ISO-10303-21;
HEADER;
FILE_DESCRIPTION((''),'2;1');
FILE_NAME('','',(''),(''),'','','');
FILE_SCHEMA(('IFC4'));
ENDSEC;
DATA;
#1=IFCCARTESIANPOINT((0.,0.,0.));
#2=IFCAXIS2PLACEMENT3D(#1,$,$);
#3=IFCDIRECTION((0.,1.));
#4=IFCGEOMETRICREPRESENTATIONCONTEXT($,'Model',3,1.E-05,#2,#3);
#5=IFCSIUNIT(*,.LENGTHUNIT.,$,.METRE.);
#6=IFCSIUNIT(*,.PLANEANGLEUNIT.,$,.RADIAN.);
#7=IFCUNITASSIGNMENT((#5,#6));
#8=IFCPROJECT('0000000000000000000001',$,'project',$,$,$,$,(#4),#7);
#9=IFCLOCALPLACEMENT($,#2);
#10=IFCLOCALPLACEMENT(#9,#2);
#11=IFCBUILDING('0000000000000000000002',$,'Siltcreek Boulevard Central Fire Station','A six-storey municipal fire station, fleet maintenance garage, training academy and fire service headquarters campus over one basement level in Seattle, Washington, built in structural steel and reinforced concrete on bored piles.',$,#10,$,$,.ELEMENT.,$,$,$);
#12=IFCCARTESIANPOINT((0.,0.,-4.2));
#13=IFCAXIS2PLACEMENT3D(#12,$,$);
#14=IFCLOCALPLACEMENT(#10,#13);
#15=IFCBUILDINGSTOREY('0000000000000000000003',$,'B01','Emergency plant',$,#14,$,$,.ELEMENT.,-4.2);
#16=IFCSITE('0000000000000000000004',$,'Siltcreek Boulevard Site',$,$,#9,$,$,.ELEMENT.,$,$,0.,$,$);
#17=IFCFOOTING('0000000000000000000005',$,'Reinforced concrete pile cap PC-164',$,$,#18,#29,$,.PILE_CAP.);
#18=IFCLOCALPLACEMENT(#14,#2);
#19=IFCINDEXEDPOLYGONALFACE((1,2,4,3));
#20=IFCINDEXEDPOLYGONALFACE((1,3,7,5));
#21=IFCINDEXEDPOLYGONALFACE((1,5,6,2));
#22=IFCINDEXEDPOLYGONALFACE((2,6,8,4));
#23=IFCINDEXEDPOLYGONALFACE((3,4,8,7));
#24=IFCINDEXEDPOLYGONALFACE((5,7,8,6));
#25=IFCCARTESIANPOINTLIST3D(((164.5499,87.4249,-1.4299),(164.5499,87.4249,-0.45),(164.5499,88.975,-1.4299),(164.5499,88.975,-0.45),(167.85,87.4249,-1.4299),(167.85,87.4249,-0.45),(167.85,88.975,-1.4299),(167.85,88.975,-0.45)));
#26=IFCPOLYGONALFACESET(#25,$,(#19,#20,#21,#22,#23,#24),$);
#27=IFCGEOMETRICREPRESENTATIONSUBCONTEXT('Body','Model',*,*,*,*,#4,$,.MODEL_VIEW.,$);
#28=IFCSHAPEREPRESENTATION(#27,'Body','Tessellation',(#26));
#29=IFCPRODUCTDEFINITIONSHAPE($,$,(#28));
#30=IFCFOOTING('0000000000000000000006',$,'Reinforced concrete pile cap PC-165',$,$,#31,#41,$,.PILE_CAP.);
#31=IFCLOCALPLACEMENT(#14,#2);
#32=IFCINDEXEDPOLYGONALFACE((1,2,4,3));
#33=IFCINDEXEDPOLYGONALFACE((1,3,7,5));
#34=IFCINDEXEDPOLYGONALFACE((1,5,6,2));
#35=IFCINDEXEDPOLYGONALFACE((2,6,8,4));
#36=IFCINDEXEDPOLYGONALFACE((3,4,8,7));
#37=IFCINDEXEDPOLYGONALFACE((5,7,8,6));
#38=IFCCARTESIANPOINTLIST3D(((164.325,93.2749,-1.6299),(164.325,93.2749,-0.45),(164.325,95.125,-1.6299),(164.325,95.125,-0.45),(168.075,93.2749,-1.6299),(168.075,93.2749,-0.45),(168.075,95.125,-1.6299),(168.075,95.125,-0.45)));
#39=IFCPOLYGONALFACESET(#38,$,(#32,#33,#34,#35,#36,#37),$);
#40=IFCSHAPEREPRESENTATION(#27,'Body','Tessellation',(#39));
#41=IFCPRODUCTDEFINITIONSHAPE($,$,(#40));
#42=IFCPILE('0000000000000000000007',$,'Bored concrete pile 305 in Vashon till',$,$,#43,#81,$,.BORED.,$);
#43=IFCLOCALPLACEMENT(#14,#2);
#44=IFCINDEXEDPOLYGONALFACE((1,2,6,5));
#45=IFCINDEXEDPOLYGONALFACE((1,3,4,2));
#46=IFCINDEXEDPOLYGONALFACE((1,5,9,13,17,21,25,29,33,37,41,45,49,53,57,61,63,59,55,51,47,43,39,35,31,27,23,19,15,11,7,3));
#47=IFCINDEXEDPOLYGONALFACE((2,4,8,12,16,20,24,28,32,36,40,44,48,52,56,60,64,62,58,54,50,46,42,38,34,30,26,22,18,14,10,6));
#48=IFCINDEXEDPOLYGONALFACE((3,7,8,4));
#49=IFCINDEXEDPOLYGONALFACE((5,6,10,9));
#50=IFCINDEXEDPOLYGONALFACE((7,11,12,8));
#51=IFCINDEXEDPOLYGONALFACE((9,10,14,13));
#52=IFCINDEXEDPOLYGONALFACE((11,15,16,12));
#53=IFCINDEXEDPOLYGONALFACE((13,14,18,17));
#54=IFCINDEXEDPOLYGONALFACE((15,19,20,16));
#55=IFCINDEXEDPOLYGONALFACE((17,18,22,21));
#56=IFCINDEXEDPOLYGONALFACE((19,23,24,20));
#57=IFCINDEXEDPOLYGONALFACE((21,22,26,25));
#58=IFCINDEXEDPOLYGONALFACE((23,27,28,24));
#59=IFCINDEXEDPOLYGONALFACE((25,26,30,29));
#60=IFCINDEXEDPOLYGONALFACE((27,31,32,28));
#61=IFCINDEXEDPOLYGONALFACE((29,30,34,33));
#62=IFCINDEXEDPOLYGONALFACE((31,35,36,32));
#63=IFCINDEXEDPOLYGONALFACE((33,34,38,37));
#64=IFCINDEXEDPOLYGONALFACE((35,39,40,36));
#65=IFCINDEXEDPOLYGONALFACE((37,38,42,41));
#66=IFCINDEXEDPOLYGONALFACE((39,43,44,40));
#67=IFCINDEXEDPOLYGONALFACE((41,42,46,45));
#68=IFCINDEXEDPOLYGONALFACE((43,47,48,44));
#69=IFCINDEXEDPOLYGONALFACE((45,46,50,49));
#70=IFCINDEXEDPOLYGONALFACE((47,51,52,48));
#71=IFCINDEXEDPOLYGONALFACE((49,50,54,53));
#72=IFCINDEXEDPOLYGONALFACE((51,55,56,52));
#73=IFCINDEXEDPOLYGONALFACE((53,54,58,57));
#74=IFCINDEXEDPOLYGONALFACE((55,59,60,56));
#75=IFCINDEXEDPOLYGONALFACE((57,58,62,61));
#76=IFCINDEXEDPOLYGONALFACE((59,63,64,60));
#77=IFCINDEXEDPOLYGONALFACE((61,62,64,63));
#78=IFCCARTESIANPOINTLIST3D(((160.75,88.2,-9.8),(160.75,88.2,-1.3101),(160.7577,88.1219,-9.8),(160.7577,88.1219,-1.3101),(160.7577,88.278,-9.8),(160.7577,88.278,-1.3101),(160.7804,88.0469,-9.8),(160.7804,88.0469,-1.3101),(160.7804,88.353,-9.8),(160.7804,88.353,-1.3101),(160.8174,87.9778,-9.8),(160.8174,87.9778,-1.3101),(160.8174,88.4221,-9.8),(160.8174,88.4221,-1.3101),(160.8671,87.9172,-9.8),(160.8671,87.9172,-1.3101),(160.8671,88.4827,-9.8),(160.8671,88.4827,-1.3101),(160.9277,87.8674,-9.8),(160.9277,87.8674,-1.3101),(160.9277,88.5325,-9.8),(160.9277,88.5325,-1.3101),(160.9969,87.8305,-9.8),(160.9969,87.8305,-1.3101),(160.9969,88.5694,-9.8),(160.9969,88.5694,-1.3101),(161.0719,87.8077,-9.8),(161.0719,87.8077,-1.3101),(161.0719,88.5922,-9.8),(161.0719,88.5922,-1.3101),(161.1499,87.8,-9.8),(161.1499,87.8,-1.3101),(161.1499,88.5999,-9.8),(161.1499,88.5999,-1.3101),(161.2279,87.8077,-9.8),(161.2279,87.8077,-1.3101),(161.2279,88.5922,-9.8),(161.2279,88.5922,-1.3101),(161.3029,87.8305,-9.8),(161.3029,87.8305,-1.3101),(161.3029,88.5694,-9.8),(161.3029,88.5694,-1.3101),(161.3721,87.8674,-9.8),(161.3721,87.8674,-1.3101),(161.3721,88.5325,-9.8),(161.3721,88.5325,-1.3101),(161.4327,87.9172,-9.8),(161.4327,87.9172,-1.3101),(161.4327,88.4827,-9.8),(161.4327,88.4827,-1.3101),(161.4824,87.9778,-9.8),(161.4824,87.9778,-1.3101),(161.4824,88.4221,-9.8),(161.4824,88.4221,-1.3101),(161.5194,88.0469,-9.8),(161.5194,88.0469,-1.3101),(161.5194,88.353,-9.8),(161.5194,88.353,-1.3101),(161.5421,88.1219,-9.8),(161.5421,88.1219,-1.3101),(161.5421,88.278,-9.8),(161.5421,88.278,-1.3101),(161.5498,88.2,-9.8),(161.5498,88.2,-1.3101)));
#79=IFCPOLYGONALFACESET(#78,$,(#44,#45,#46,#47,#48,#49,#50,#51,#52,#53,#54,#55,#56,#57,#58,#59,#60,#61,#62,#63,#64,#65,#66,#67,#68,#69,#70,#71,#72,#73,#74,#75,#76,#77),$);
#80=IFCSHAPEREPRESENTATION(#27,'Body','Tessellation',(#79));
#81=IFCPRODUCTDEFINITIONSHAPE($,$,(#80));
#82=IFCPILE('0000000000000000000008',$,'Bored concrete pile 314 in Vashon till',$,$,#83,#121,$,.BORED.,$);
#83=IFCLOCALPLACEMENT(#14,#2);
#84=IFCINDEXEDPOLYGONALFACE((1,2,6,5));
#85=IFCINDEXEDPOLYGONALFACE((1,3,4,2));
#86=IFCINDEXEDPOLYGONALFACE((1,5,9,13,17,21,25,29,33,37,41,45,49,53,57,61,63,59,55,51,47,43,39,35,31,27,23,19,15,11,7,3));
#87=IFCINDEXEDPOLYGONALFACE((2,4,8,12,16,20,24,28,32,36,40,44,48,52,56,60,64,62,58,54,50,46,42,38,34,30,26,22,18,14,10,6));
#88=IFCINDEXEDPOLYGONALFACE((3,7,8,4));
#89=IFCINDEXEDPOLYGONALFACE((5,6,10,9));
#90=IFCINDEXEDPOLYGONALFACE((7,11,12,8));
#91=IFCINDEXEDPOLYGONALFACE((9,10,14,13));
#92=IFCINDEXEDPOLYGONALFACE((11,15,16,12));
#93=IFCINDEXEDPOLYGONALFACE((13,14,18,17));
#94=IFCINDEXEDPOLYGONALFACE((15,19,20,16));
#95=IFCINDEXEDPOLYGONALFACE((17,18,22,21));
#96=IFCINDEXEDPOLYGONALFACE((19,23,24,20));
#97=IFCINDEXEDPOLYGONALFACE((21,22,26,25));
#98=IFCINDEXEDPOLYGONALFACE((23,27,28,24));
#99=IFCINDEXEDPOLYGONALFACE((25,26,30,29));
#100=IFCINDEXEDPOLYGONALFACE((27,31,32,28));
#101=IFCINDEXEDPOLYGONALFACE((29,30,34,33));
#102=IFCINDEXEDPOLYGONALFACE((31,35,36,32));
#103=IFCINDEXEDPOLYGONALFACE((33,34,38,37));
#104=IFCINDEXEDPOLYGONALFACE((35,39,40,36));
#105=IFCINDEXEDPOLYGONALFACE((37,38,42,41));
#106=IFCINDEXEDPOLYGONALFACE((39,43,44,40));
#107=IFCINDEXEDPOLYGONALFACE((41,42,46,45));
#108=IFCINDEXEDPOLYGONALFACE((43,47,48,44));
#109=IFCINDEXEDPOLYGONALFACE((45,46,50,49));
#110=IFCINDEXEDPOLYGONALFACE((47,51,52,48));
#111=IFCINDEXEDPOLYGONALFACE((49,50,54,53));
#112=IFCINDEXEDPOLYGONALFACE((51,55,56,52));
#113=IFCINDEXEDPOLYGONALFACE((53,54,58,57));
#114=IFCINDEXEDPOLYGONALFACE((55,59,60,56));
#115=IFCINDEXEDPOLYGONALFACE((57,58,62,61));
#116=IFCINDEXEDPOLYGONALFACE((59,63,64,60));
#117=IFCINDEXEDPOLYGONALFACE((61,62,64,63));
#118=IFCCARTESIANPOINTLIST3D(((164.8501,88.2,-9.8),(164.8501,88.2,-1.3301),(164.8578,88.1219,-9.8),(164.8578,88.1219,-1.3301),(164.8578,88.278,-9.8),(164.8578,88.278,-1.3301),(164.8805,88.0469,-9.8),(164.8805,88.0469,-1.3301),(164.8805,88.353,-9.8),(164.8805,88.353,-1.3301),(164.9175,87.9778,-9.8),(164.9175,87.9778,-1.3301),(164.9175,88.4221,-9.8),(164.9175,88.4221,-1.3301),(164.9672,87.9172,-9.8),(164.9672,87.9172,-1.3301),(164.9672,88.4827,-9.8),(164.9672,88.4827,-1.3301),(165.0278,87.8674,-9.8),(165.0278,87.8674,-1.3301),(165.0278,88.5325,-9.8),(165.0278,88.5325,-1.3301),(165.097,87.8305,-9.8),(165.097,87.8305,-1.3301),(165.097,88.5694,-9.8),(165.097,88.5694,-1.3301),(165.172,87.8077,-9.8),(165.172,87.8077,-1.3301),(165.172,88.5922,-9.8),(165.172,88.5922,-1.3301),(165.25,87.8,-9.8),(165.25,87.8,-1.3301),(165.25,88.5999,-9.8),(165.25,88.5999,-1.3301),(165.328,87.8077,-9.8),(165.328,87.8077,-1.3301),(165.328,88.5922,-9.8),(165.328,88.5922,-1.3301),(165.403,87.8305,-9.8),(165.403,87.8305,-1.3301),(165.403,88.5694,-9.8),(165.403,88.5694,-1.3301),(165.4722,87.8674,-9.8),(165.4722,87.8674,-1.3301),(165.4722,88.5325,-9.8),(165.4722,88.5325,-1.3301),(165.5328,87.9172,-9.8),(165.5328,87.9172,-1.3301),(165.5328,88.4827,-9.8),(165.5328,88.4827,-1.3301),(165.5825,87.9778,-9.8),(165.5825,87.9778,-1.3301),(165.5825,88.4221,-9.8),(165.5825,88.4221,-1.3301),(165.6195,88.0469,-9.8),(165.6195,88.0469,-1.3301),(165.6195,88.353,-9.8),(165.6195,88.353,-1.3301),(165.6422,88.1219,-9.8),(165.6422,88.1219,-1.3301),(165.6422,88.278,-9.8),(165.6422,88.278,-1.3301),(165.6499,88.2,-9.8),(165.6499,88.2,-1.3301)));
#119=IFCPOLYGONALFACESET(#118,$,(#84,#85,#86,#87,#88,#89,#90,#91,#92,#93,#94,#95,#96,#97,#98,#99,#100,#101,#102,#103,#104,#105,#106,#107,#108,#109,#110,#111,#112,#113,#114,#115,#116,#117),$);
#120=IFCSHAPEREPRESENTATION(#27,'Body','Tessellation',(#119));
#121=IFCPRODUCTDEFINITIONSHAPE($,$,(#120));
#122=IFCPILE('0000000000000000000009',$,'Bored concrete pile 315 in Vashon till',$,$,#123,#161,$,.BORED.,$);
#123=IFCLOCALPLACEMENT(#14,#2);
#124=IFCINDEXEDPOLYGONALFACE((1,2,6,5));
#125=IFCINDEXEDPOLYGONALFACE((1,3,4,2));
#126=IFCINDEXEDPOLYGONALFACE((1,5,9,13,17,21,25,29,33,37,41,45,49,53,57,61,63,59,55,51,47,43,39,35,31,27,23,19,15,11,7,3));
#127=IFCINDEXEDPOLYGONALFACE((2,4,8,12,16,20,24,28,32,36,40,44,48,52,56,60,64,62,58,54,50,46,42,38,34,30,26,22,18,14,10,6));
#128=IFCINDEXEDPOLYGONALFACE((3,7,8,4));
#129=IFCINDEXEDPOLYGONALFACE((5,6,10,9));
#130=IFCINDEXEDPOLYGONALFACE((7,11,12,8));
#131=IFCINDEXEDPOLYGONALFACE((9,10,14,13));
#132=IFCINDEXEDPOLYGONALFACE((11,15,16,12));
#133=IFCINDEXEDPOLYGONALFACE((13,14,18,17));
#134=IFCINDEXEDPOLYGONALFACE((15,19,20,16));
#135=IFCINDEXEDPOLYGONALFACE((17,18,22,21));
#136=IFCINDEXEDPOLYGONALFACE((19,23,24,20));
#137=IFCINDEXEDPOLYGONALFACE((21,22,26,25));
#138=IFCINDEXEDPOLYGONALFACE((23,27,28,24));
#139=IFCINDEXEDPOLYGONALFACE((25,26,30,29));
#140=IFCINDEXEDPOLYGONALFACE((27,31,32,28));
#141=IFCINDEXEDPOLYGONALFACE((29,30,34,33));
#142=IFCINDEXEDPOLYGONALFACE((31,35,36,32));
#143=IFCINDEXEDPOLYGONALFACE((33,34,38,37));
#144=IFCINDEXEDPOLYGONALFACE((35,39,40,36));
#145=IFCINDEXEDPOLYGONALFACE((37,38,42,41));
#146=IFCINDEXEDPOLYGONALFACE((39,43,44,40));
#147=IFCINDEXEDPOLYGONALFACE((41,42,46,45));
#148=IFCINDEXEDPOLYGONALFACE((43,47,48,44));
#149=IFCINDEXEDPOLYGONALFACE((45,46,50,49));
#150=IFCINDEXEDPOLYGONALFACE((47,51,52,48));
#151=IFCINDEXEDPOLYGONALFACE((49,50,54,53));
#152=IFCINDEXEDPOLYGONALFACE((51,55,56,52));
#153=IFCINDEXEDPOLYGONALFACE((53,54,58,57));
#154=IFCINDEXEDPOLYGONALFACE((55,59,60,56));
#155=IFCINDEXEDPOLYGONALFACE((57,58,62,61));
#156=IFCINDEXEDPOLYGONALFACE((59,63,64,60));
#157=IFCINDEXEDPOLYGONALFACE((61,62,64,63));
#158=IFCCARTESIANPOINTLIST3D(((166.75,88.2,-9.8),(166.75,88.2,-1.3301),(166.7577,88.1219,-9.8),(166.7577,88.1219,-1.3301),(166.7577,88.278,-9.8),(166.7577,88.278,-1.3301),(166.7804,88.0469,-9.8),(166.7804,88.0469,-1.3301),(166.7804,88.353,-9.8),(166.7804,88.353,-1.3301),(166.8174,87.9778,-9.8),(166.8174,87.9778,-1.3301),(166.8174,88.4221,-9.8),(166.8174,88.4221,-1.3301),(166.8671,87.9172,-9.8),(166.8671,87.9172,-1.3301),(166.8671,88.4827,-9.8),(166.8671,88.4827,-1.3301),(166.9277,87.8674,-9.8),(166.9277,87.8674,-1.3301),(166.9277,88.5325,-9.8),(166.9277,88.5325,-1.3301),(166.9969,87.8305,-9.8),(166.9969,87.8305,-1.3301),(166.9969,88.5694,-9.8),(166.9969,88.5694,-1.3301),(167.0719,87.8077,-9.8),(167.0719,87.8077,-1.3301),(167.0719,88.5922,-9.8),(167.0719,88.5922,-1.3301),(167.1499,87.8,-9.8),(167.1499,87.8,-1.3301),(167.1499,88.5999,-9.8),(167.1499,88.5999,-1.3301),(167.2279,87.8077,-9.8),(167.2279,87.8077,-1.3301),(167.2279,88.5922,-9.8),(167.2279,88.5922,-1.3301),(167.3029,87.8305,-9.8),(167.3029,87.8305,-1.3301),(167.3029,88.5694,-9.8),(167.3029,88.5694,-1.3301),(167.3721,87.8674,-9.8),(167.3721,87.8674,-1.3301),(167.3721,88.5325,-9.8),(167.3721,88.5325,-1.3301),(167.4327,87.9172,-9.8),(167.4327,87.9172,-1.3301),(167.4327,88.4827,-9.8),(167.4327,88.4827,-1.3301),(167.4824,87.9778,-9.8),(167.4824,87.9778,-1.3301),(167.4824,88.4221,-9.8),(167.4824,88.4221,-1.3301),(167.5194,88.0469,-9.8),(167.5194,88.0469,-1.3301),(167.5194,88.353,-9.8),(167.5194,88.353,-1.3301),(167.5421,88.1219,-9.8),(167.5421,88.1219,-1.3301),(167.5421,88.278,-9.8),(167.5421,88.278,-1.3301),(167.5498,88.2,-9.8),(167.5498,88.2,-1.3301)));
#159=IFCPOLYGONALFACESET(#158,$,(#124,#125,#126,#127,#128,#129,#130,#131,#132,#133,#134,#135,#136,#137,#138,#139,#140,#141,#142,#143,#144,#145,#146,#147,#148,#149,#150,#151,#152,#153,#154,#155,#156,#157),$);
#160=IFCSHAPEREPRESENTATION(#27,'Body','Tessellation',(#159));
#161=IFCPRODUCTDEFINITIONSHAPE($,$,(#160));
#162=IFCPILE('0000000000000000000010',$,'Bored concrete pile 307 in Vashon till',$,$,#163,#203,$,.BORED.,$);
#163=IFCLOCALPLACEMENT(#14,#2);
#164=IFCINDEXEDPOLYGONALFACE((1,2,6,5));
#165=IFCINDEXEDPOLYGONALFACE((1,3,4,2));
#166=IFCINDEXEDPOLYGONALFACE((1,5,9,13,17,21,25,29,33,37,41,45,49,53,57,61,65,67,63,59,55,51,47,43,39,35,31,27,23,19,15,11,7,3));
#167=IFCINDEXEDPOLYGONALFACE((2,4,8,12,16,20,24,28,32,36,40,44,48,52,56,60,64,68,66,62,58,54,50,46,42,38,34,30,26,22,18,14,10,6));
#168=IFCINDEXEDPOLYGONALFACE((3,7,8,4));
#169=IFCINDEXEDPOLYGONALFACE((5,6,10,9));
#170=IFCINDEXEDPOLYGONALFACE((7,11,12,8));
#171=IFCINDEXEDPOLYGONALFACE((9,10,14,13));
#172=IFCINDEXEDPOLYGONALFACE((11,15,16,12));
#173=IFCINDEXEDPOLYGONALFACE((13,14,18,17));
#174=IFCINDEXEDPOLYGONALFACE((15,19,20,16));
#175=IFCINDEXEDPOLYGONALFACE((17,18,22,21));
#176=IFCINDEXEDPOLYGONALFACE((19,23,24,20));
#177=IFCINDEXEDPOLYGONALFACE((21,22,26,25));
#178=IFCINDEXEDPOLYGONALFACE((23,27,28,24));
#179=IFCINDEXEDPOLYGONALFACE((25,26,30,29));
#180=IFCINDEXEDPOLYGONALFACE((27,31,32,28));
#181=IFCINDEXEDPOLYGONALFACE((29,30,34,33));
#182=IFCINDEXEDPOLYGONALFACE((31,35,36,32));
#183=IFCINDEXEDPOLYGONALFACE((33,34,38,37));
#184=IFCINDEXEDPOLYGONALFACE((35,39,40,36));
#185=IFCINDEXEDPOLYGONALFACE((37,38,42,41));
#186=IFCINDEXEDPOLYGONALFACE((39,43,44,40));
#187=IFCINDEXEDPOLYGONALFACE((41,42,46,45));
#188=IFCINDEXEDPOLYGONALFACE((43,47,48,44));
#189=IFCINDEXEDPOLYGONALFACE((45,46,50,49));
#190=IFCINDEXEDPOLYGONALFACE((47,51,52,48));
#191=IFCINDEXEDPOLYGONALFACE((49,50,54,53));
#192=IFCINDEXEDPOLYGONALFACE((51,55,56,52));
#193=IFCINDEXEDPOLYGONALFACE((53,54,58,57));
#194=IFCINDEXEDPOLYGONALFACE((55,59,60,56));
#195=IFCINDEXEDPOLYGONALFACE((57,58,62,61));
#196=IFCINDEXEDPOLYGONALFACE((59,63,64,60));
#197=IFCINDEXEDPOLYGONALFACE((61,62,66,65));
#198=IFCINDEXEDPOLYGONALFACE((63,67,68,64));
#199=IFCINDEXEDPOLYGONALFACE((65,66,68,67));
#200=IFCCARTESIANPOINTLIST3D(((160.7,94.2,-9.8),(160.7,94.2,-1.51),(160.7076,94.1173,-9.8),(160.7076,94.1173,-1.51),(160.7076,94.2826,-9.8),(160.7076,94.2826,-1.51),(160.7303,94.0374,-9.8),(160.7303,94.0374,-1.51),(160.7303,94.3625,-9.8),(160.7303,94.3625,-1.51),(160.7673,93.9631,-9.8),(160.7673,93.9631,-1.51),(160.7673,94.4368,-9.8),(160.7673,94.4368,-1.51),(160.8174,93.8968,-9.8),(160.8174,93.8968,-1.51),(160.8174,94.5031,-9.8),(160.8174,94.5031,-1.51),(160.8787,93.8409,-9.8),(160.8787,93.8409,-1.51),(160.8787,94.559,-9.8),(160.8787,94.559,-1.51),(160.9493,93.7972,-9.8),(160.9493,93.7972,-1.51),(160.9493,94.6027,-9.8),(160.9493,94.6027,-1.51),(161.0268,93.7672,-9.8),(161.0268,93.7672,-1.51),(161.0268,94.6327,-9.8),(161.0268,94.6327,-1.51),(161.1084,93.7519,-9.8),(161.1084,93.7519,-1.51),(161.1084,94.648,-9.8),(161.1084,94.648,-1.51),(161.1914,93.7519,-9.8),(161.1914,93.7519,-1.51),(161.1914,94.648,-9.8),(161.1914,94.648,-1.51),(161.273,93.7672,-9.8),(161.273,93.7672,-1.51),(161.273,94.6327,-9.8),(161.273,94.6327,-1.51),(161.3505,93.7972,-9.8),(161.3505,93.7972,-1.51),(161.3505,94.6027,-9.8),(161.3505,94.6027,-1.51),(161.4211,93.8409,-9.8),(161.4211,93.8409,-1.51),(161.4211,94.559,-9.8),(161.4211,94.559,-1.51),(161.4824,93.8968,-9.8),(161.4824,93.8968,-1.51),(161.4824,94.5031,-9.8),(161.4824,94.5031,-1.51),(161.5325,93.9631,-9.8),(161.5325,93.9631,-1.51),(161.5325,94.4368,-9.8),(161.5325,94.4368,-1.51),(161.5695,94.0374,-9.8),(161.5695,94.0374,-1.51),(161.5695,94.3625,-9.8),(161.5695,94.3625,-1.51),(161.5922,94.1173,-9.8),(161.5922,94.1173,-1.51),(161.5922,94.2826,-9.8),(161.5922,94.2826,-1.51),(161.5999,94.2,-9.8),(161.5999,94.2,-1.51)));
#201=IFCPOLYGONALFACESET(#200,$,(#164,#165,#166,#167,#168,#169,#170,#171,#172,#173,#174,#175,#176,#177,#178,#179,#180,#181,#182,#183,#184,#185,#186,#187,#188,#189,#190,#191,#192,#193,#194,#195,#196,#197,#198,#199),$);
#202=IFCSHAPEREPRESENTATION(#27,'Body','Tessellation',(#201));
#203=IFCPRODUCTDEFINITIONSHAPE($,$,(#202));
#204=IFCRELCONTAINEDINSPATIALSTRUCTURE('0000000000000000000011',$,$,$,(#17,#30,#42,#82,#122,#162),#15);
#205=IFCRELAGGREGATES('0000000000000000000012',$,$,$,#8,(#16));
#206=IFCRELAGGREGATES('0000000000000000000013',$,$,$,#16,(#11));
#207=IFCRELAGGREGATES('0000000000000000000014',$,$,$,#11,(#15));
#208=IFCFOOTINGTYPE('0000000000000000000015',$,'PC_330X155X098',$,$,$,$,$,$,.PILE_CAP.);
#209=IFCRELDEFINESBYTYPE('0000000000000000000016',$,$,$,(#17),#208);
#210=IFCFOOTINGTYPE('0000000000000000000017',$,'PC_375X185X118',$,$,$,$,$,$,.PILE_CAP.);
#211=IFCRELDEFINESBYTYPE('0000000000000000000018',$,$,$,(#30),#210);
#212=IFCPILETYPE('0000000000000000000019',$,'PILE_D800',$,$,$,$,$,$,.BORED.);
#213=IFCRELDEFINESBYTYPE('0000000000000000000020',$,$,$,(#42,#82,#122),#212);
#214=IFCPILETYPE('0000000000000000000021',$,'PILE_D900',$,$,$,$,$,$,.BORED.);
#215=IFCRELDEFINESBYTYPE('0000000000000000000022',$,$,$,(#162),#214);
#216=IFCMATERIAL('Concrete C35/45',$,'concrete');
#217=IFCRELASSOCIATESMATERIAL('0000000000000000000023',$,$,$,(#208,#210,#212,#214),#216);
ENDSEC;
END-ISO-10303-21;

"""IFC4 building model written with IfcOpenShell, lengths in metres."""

from ifc_helpers import new_model, si_unit, direction, frame, origin, origin_2d, place, context, subcontext, project, spatial, rectangle, circle, extrude, material, material_profile, profile_set, type_object, element, save


model = new_model("IFC4")

# Units and contexts
model_context = context("Model", 3, precision=1e-05, world=origin(), true_north=direction((0.0, 1.0)))
body_context = subcontext(model_context, "Body", "Model", "MODEL_VIEW")
ifc_project = project(units=[si_unit("LENGTHUNIT", "METRE"), si_unit("PLANEANGLEUNIT", "RADIAN")], contexts=[model_context])

# Site, building, storey
site_placement = place(None, origin())
site = spatial("IfcSite", under=ifc_project, at=site_placement, Name="Siltcreek Boulevard Site", CompositionType="ELEMENT", RefElevation=0.0)
building_placement = place(site_placement, origin())
building = spatial("IfcBuilding", under=site, at=building_placement, Name="Siltcreek Boulevard Central Fire Station", Description="A six-storey municipal fire station, fleet maintenance garage, training academy and fire service headquarters campus over one basement level in Seattle, Washington, built in structural steel and reinforced concrete on bored piles.", CompositionType="ELEMENT")
storey_placement = place(building_placement, frame((0.0, 0.0, -4.2)))
storey = spatial("IfcBuildingStorey", under=building, at=storey_placement, Name="B01", Description="Emergency plant", CompositionType="ELEMENT", Elevation=-4.2)

# Footings
ifc_material_1 = material(Name="Concrete C35/45", Category="concrete")
footing_type_1 = type_object("IfcFootingType", Name="PC_330X155X098", PredefinedType="PILE_CAP", material=ifc_material_1)
footing_1_placement = place(storey_placement, frame((166.2, 88.2, -1.4299), z_axis=(0.0, 0.0, 1.0), x_axis=(1.0, 0.0, 0.0)))
element("IfcFooting", 1, at=footing_1_placement, inside=storey, type_object=footing_type_1, Name="Reinforced concrete pile cap PC-164", PredefinedType="PILE_CAP", context=body_context, shape_type="SweptSolid", body=[
    extrude(rectangle(XDim=3.3, YDim=1.55, at=origin_2d()), origin(), (0.0, 0.0, 1.0), 0.98),
])
footing_type_2 = type_object("IfcFootingType", Name="PC_375X185X118", PredefinedType="PILE_CAP", material=ifc_material_1)
footing_2_placement = place(storey_placement, frame((166.2, 94.2, -1.6299), z_axis=(0.0, 0.0, 1.0), x_axis=(1.0, 0.0, 0.0)))
element("IfcFooting", 2, at=footing_2_placement, inside=storey, type_object=footing_type_2, Name="Reinforced concrete pile cap PC-165", PredefinedType="PILE_CAP", context=body_context, shape_type="SweptSolid", body=[
    extrude(rectangle(XDim=3.75, YDim=1.8501, at=origin_2d()), origin(), (0.0, 0.0, 1.0), 1.1799),
])

# Piles
ifc_material_profile_1 = material_profile(ifc_material_1, circle(Radius=0.3999, at=origin_2d()), Name="SHAFT800")
ifc_profile_set_1 = profile_set([ifc_material_profile_1], Name="Concrete C35/45")
pile_type_1 = type_object("IfcPileType", Name="PILE_D800", PredefinedType="BORED", material=ifc_profile_set_1)
pile_1_placement = place(storey_placement, frame((161.1499, 88.2, -1.3101), z_axis=(0.0, 0.0, -1.0), x_axis=(1.0, 0.0, 0.0)))
element("IfcPile", 3, at=pile_1_placement, inside=storey, type_object=pile_type_1, Name="Bored concrete pile 305 in Vashon till", PredefinedType="BORED", context=body_context, shape_type="SweptSolid", body=[
    extrude(circle(Radius=0.3999, at=origin_2d()), origin(), (0.0, 0.0, 1.0), 8.49),
])
for number, where, z_axis, x_axis, name in (
    (4, (165.25, 88.2, -1.3301), (0.0, 0.0, -1.0), (1.0, 0.0, 0.0), "Bored concrete pile 314 in Vashon till"),
    (5, (167.1499, 88.2, -1.3301), (0.0, 0.0, -1.0), (1.0, 0.0, 0.0), "Bored concrete pile 315 in Vashon till"),
):
    element("IfcPile", number, at=place(storey_placement, frame(where, z_axis=z_axis, x_axis=x_axis)), inside=storey, type_object=pile_type_1, Name=name, PredefinedType="BORED", context=body_context, shape_type="SweptSolid", body=[
        extrude(circle(Radius=0.3999, at=origin_2d()), origin(), (0.0, 0.0, 1.0), 8.47),
    ])
ifc_material_profile_2 = material_profile(ifc_material_1, circle(Radius=0.45, at=origin_2d()), Name="SHAFT900")
ifc_profile_set_2 = profile_set([ifc_material_profile_2], Name="Concrete C35/45")
pile_type_2 = type_object("IfcPileType", Name="PILE_D900", PredefinedType="BORED", material=ifc_profile_set_2)
pile_2_placement = place(storey_placement, frame((161.1499, 94.2, -1.51), z_axis=(0.0, 0.0, -1.0), x_axis=(1.0, 0.0, 0.0)))
element("IfcPile", 6, at=pile_2_placement, inside=storey, type_object=pile_type_2, Name="Bored concrete pile 307 in Vashon till", PredefinedType="BORED", context=body_context, shape_type="SweptSolid", body=[
    extrude(circle(Radius=0.45, at=origin_2d()), origin(), (0.0, 0.0, 1.0), 8.29),
])

save(model, "model.ifc")
